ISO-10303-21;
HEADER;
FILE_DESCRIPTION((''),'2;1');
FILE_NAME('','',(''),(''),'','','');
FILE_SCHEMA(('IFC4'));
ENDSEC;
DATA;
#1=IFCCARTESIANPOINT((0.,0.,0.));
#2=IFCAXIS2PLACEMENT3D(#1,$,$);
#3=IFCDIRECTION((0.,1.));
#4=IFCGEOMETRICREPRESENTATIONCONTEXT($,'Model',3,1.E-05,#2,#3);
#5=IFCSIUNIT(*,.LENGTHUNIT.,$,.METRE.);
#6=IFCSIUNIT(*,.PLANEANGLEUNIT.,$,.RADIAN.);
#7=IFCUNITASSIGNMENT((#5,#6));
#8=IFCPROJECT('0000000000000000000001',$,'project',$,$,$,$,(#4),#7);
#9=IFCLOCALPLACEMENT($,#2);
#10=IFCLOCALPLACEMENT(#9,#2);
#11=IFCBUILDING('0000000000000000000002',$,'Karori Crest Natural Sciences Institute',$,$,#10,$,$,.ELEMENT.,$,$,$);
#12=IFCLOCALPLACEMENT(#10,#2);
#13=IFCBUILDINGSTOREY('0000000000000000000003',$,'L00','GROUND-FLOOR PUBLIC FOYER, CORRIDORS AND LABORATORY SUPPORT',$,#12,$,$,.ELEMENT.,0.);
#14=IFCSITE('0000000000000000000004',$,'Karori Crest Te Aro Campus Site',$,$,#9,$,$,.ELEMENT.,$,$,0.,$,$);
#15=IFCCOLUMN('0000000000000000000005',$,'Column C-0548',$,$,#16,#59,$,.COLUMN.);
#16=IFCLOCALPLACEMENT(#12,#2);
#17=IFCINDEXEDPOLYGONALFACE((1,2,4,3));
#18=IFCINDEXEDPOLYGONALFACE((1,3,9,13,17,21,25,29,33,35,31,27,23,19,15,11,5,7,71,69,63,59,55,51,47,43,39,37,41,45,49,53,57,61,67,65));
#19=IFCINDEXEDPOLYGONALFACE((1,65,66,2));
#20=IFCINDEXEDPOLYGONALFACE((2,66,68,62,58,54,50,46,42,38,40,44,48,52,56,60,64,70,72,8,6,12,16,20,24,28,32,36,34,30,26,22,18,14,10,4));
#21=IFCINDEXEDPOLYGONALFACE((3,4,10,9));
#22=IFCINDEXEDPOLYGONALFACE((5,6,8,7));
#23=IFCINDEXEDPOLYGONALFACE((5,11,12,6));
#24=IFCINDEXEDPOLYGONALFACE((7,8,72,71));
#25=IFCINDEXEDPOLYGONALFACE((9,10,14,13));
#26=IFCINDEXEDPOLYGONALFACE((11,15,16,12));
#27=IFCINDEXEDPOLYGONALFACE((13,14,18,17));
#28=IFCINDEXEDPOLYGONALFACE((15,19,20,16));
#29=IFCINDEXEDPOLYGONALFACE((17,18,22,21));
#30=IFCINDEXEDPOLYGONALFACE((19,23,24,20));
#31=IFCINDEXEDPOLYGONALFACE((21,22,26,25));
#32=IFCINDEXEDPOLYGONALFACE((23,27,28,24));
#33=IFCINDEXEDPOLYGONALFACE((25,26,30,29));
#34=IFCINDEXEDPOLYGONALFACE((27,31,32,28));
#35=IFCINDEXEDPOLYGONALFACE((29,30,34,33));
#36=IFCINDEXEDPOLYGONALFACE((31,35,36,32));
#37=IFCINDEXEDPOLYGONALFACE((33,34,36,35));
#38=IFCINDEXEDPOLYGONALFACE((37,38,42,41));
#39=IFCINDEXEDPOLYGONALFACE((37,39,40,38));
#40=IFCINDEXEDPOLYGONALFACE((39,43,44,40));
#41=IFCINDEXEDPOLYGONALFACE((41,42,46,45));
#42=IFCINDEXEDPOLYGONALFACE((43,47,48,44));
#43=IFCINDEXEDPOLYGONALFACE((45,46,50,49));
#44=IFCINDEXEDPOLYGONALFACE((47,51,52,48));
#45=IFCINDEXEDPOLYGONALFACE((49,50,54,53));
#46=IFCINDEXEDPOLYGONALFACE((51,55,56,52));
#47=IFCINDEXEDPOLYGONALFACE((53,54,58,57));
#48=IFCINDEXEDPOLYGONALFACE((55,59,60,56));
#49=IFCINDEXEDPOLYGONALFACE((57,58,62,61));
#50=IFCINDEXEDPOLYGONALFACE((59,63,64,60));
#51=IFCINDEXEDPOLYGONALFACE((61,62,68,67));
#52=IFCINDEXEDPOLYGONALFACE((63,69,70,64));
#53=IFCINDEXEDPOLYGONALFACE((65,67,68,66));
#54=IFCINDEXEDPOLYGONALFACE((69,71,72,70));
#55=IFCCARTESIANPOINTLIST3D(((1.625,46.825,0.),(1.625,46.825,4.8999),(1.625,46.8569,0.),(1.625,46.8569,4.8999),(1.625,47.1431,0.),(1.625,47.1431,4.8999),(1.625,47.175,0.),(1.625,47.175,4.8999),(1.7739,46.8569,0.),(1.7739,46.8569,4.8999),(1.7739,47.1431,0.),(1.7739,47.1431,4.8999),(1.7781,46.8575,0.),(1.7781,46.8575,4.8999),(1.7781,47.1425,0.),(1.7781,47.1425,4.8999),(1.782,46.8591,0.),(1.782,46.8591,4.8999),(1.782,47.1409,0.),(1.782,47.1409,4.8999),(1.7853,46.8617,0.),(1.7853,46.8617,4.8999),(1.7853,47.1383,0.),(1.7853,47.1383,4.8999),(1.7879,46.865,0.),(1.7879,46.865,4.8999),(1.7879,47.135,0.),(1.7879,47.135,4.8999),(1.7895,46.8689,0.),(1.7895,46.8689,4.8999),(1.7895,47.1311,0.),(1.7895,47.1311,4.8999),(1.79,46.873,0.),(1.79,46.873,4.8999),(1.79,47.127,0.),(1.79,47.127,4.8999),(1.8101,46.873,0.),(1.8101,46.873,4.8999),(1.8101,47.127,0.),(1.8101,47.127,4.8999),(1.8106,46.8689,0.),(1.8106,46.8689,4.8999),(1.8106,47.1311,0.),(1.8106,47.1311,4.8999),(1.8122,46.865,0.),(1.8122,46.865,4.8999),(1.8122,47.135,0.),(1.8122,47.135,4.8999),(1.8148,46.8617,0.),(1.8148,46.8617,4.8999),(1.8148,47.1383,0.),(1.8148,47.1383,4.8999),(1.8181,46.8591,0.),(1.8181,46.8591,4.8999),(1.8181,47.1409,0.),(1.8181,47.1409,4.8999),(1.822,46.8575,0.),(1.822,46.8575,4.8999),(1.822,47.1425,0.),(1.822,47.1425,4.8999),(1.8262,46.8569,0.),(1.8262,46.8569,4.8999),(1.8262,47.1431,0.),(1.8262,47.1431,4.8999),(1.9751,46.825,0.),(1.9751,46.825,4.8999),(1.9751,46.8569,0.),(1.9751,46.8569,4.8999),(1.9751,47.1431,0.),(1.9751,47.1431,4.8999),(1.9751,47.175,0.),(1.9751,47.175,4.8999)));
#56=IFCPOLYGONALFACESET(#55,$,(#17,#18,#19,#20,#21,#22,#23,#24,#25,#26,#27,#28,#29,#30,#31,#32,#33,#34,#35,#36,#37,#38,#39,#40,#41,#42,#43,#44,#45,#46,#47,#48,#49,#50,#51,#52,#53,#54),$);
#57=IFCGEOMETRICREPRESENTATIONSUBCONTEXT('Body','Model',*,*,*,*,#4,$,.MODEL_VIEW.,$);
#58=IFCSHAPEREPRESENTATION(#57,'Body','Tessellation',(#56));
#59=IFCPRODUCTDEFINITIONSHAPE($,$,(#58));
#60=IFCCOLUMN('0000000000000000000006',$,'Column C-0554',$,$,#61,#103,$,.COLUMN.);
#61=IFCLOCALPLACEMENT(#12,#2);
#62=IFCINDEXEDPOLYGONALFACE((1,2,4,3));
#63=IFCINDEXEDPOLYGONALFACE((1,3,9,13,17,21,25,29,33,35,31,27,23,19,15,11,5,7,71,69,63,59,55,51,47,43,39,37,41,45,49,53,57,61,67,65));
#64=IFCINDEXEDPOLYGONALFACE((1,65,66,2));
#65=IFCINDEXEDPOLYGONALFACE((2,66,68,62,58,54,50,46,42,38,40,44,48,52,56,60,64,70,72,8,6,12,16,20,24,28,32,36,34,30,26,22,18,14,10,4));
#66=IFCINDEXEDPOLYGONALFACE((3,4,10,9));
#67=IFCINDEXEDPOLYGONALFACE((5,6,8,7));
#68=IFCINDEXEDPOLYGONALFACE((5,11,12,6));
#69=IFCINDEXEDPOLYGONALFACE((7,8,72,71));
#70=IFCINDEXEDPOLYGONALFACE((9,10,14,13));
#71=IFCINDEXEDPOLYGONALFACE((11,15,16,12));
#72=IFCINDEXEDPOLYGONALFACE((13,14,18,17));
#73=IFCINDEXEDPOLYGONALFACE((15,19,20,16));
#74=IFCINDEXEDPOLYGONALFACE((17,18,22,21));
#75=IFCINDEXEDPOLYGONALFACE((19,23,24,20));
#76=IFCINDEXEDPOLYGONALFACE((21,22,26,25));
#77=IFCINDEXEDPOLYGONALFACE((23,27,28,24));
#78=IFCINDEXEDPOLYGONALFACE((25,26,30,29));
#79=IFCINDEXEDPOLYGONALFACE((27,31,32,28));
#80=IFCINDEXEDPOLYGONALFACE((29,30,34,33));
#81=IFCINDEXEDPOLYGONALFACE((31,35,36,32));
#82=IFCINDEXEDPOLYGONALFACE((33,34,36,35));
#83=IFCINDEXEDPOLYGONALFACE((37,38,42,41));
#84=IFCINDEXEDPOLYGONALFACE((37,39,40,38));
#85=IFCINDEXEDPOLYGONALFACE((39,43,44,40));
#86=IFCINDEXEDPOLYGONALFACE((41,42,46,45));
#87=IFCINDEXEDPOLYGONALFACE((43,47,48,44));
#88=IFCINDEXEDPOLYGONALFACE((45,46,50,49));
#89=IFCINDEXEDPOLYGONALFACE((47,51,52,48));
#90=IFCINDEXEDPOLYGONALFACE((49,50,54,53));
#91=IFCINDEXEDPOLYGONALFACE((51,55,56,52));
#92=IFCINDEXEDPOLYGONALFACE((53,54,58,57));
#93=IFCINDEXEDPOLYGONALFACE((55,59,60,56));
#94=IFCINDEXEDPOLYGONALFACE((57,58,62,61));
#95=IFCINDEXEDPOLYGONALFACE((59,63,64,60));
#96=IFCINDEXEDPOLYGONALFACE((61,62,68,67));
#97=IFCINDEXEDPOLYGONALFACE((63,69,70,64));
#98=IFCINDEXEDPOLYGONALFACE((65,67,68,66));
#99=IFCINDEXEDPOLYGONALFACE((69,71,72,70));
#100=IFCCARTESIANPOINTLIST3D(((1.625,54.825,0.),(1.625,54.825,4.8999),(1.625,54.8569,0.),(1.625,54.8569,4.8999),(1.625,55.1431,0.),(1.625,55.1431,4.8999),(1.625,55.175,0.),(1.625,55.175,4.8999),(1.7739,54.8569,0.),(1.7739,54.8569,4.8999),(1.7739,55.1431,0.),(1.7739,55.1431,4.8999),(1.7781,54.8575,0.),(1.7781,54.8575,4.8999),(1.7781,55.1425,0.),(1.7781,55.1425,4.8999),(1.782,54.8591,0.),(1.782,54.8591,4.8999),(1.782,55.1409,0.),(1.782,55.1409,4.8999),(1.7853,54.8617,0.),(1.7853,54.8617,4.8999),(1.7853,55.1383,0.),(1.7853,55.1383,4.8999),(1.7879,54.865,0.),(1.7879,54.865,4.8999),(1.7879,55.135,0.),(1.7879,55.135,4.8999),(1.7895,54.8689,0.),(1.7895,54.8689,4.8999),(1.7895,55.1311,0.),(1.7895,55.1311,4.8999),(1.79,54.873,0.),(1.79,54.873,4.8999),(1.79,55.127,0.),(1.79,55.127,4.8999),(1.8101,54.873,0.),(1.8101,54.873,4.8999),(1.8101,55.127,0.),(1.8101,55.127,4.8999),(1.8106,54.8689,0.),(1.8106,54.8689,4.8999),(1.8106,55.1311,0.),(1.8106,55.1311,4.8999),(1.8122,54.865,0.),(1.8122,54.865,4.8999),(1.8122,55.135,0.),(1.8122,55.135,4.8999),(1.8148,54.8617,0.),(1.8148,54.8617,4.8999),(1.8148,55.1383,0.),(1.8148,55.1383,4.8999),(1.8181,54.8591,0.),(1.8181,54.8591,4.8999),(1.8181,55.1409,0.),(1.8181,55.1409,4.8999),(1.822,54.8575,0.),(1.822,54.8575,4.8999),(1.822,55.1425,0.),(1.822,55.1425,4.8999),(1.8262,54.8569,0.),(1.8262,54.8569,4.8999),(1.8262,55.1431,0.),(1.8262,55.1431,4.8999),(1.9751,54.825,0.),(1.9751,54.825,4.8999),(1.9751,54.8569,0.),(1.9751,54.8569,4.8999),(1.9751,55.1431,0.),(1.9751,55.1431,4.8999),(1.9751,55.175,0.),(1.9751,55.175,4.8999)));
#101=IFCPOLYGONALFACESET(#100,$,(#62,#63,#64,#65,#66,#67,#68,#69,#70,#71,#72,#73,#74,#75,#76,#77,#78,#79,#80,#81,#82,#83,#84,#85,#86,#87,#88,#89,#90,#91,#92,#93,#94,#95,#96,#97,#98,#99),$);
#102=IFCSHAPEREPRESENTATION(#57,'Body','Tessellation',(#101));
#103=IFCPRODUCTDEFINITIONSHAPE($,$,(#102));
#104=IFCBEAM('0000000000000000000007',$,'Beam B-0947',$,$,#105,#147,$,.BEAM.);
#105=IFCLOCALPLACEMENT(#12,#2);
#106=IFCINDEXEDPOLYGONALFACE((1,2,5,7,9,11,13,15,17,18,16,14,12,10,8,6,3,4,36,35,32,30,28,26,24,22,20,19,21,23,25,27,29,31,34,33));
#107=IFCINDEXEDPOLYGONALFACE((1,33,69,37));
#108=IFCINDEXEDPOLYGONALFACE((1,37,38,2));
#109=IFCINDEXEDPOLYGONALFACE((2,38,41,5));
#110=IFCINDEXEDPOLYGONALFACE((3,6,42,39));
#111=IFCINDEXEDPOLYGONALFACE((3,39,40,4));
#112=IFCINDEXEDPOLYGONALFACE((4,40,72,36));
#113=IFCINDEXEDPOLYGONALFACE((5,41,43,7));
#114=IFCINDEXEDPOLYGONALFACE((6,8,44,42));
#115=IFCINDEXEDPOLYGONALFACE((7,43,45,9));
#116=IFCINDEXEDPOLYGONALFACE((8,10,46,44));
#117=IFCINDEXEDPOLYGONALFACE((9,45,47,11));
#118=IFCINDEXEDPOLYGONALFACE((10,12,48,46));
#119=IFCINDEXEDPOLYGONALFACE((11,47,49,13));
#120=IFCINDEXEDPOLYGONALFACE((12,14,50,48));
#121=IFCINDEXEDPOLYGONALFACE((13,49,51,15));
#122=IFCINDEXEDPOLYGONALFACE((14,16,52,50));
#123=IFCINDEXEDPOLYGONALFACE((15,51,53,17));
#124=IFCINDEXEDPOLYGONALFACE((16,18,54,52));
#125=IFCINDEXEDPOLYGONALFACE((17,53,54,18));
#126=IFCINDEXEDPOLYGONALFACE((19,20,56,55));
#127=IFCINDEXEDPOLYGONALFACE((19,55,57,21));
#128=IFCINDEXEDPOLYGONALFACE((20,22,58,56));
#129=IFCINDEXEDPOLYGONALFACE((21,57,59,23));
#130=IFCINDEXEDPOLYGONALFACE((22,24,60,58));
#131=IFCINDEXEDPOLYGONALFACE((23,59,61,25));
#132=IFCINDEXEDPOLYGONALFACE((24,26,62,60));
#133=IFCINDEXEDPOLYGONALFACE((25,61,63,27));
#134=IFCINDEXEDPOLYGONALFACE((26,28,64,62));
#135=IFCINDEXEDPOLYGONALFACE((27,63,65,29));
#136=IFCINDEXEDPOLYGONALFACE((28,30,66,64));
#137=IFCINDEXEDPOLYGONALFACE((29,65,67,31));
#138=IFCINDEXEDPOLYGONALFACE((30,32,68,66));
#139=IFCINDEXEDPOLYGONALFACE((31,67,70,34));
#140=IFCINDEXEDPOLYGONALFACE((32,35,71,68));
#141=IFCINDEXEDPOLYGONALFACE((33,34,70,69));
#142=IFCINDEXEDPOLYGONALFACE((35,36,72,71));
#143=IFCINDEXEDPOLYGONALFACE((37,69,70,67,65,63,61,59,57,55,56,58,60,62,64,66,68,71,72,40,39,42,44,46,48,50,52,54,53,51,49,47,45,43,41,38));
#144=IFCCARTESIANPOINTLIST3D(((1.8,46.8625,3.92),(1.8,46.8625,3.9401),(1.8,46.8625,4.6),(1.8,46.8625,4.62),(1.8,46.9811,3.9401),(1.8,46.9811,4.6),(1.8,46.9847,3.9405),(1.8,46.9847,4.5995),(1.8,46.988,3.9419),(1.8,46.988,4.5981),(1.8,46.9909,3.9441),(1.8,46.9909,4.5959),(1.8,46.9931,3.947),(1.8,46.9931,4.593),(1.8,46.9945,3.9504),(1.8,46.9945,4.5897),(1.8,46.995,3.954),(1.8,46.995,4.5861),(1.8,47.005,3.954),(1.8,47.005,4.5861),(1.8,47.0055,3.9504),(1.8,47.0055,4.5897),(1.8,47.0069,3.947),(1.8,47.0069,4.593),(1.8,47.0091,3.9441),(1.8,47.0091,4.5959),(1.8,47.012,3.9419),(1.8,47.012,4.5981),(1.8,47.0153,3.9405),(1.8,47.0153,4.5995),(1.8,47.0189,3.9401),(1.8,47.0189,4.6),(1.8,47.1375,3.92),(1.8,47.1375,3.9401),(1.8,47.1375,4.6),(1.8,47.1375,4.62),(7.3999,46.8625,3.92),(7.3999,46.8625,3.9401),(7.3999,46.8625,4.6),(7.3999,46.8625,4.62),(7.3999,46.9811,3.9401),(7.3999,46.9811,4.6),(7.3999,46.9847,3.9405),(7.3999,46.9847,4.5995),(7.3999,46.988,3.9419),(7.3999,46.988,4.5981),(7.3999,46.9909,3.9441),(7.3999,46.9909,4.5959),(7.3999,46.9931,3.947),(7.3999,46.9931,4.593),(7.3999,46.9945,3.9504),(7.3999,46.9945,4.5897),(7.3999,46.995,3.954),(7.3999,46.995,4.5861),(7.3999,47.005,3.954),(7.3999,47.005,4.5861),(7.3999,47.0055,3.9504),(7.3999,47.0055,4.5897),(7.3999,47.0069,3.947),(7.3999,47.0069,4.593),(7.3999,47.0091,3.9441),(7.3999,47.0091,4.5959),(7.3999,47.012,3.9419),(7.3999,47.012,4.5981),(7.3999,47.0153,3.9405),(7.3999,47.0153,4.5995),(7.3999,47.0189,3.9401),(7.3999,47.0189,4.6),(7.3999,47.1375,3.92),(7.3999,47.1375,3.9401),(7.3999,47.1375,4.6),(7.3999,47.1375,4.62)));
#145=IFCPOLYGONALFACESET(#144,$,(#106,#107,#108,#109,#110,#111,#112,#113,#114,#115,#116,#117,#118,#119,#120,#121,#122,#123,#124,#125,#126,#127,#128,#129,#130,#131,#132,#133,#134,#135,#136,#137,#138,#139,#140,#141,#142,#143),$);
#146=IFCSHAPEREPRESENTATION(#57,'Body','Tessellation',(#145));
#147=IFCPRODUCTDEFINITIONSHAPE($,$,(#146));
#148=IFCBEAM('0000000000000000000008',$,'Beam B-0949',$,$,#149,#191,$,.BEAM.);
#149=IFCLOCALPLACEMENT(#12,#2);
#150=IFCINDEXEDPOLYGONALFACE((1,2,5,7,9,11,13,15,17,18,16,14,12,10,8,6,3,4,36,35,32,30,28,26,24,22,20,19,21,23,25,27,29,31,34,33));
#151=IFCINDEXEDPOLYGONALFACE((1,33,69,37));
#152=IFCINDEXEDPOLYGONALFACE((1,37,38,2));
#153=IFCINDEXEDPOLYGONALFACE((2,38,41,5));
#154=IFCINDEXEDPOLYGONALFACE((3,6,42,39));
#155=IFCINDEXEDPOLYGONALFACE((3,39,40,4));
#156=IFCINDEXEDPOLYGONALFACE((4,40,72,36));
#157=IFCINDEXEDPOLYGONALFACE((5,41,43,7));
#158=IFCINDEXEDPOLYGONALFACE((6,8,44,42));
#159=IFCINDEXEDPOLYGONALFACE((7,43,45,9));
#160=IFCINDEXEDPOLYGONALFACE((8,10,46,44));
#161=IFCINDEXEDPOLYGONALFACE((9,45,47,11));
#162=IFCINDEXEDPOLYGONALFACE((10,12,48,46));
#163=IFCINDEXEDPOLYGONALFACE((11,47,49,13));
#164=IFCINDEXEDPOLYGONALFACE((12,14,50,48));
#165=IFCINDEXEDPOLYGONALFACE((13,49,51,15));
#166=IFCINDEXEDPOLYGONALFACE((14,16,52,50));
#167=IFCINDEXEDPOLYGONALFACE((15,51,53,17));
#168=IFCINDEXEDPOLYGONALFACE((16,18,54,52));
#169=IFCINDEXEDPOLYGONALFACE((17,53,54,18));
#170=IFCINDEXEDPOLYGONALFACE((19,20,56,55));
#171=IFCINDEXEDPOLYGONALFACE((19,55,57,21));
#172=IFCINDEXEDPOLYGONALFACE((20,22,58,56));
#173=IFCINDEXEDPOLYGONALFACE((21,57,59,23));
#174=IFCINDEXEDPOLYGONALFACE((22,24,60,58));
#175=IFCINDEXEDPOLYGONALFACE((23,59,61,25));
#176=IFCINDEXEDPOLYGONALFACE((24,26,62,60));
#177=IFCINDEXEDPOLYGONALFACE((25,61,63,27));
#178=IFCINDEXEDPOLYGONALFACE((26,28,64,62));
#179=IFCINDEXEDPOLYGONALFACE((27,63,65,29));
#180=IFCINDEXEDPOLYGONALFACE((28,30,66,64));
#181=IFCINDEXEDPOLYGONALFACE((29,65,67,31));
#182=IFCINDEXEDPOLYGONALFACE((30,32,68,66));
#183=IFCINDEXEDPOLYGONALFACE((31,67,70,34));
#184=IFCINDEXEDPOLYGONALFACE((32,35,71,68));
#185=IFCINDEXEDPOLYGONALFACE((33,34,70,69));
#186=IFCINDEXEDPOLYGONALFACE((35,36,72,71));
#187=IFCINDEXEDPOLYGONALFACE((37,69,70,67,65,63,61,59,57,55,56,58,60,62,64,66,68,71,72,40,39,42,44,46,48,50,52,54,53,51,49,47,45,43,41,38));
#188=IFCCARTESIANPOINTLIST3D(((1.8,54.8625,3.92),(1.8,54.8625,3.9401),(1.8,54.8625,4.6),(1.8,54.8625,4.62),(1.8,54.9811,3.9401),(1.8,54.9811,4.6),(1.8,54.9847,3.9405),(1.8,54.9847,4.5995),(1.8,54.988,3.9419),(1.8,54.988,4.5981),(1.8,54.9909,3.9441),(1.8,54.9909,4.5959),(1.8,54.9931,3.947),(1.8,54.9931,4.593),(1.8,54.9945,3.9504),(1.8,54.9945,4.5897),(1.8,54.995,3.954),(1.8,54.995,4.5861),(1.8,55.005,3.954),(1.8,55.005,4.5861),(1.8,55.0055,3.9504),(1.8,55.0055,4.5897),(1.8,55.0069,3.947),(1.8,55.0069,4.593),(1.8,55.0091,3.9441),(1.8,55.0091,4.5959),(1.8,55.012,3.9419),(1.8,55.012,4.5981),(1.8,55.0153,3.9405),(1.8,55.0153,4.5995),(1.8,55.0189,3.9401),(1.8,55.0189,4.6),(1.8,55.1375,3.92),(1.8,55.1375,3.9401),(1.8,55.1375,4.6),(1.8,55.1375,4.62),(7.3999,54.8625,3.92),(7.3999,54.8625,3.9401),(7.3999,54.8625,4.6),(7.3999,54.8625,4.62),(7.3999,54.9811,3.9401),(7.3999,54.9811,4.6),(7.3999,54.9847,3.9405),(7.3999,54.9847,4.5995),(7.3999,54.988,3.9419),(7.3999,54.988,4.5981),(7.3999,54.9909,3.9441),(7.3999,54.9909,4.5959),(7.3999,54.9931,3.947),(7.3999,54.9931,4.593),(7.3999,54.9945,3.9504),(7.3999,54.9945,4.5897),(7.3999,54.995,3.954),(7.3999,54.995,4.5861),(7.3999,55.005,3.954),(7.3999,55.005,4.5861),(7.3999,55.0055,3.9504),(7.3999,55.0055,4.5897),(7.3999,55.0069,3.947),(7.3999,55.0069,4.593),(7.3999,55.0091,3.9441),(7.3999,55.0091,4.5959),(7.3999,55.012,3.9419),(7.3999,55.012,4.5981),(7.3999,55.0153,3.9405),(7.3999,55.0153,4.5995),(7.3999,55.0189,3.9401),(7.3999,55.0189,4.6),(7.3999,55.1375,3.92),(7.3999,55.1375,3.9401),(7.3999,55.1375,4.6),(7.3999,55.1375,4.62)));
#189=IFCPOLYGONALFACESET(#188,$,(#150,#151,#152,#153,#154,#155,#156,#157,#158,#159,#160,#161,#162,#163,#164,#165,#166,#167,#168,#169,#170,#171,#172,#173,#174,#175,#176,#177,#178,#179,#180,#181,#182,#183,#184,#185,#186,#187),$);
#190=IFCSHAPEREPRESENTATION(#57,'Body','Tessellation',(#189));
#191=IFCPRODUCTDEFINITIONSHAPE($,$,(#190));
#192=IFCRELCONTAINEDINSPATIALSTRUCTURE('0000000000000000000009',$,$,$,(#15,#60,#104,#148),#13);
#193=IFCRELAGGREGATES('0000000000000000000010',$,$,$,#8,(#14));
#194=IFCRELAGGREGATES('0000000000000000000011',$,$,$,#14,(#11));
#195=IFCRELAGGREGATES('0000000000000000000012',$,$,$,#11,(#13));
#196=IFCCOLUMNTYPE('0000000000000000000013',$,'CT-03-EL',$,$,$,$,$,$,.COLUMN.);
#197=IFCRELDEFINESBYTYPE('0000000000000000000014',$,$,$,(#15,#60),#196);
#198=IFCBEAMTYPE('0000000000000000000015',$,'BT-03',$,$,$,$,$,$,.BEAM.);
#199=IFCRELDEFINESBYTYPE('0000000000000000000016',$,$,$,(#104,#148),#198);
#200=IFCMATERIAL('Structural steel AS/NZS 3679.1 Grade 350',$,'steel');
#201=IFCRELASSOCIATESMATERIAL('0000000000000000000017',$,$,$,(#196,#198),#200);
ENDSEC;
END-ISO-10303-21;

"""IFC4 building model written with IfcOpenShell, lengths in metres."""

from ifc_helpers import new_model, si_unit, direction, frame, origin, origin_2d, place, context, subcontext, project, spatial, i_section, extrude, material, material_profile, profile_set, type_object, element, save


model = new_model("IFC4")

# Units and contexts
model_context = context("Model", 3, precision=1e-05, world=origin(), true_north=direction((0.0, 1.0)))
body_context = subcontext(model_context, "Body", "Model", "MODEL_VIEW")
ifc_project = project(units=[si_unit("LENGTHUNIT", "METRE"), si_unit("PLANEANGLEUNIT", "RADIAN")], contexts=[model_context])

# Site, building, storey
site_placement = place(None, origin())
site = spatial("IfcSite", under=ifc_project, at=site_placement, Name="Karori Crest Te Aro Campus Site", CompositionType="ELEMENT", RefElevation=0.0)
building_placement = place(site_placement, origin())
building = spatial("IfcBuilding", under=site, at=building_placement, Name="Karori Crest Natural Sciences Institute", CompositionType="ELEMENT")
storey_placement = place(building_placement, origin())
storey = spatial("IfcBuildingStorey", under=building, at=storey_placement, Name="L00", Description="GROUND-FLOOR PUBLIC FOYER, CORRIDORS AND LABORATORY SUPPORT", CompositionType="ELEMENT", Elevation=0.0)

# Columns
ifc_material_1 = material(Name="Structural steel AS/NZS 3679.1 Grade 350", Category="steel")
ifc_material_profile_1 = material_profile(ifc_material_1, i_section(OverallWidth=0.3501, OverallDepth=0.3501, WebThickness=0.02, FlangeThickness=0.032, FilletRadius=0.0161, at=origin_2d()), Name="350WC280")
ifc_profile_set_1 = profile_set([ifc_material_profile_1], Name="Structural steel AS/NZS 3679.1 Grade 350")
column_type = type_object("IfcColumnType", Name="CT-03-EL", PredefinedType="COLUMN", material=ifc_profile_set_1)
for number, where, z_axis, x_axis, name in (
    (1, (1.8, 47.0, 0.0), (0.0, 0.0, 1.0), (1.0, 0.0, 0.0), "Column C-0548"),
    (2, (1.8, 55.0, 0.0), (0.0, 0.0, 1.0), (1.0, 0.0, 0.0), "Column C-0554"),
):
    element("IfcColumn", number, at=place(storey_placement, frame(where, z_axis=z_axis, x_axis=x_axis)), inside=storey, type_object=column_type, Name=name, PredefinedType="COLUMN", context=body_context, shape_type="SweptSolid", body=[
        extrude(i_section(OverallWidth=0.3501, OverallDepth=0.3501, WebThickness=0.02, FlangeThickness=0.032, FilletRadius=0.0161, at=origin_2d()), origin(), (0.0, 0.0, 1.0), 4.8999),
    ])

# Beams
ifc_material_profile_2 = material_profile(ifc_material_1, i_section(OverallWidth=0.2749, OverallDepth=0.7, WebThickness=0.01, FlangeThickness=0.02, FilletRadius=0.0139, at=origin_2d()), Name="700WB150")
ifc_profile_set_2 = profile_set([ifc_material_profile_2], Name="Structural steel AS/NZS 3679.1 Grade 350")
beam_type_1 = type_object("IfcBeamType", Name="BT-03", PredefinedType="BEAM", material=ifc_profile_set_2)
for number, where, z_axis, x_axis, name in (
    (3, (1.8, 47.0, 4.27), (1.0, 0.0, 0.0), (0.0, 1.0, 0.0), "Beam B-0947"),
    (4, (1.8, 55.0, 4.27), (1.0, 0.0, 0.0), (0.0, 1.0, 0.0), "Beam B-0949"),
):
    element("IfcBeam", number, at=place(storey_placement, frame(where, z_axis=z_axis, x_axis=x_axis)), inside=storey, type_object=beam_type_1, Name=name, PredefinedType="BEAM", context=body_context, shape_type="SweptSolid", body=[
        extrude(i_section(OverallWidth=0.2749, OverallDepth=0.7, WebThickness=0.01, FlangeThickness=0.02, FilletRadius=0.0139, at=origin_2d()), origin(), (0.0, 0.0, 1.0), 5.5999),
    ])

save(model, "model.ifc")
